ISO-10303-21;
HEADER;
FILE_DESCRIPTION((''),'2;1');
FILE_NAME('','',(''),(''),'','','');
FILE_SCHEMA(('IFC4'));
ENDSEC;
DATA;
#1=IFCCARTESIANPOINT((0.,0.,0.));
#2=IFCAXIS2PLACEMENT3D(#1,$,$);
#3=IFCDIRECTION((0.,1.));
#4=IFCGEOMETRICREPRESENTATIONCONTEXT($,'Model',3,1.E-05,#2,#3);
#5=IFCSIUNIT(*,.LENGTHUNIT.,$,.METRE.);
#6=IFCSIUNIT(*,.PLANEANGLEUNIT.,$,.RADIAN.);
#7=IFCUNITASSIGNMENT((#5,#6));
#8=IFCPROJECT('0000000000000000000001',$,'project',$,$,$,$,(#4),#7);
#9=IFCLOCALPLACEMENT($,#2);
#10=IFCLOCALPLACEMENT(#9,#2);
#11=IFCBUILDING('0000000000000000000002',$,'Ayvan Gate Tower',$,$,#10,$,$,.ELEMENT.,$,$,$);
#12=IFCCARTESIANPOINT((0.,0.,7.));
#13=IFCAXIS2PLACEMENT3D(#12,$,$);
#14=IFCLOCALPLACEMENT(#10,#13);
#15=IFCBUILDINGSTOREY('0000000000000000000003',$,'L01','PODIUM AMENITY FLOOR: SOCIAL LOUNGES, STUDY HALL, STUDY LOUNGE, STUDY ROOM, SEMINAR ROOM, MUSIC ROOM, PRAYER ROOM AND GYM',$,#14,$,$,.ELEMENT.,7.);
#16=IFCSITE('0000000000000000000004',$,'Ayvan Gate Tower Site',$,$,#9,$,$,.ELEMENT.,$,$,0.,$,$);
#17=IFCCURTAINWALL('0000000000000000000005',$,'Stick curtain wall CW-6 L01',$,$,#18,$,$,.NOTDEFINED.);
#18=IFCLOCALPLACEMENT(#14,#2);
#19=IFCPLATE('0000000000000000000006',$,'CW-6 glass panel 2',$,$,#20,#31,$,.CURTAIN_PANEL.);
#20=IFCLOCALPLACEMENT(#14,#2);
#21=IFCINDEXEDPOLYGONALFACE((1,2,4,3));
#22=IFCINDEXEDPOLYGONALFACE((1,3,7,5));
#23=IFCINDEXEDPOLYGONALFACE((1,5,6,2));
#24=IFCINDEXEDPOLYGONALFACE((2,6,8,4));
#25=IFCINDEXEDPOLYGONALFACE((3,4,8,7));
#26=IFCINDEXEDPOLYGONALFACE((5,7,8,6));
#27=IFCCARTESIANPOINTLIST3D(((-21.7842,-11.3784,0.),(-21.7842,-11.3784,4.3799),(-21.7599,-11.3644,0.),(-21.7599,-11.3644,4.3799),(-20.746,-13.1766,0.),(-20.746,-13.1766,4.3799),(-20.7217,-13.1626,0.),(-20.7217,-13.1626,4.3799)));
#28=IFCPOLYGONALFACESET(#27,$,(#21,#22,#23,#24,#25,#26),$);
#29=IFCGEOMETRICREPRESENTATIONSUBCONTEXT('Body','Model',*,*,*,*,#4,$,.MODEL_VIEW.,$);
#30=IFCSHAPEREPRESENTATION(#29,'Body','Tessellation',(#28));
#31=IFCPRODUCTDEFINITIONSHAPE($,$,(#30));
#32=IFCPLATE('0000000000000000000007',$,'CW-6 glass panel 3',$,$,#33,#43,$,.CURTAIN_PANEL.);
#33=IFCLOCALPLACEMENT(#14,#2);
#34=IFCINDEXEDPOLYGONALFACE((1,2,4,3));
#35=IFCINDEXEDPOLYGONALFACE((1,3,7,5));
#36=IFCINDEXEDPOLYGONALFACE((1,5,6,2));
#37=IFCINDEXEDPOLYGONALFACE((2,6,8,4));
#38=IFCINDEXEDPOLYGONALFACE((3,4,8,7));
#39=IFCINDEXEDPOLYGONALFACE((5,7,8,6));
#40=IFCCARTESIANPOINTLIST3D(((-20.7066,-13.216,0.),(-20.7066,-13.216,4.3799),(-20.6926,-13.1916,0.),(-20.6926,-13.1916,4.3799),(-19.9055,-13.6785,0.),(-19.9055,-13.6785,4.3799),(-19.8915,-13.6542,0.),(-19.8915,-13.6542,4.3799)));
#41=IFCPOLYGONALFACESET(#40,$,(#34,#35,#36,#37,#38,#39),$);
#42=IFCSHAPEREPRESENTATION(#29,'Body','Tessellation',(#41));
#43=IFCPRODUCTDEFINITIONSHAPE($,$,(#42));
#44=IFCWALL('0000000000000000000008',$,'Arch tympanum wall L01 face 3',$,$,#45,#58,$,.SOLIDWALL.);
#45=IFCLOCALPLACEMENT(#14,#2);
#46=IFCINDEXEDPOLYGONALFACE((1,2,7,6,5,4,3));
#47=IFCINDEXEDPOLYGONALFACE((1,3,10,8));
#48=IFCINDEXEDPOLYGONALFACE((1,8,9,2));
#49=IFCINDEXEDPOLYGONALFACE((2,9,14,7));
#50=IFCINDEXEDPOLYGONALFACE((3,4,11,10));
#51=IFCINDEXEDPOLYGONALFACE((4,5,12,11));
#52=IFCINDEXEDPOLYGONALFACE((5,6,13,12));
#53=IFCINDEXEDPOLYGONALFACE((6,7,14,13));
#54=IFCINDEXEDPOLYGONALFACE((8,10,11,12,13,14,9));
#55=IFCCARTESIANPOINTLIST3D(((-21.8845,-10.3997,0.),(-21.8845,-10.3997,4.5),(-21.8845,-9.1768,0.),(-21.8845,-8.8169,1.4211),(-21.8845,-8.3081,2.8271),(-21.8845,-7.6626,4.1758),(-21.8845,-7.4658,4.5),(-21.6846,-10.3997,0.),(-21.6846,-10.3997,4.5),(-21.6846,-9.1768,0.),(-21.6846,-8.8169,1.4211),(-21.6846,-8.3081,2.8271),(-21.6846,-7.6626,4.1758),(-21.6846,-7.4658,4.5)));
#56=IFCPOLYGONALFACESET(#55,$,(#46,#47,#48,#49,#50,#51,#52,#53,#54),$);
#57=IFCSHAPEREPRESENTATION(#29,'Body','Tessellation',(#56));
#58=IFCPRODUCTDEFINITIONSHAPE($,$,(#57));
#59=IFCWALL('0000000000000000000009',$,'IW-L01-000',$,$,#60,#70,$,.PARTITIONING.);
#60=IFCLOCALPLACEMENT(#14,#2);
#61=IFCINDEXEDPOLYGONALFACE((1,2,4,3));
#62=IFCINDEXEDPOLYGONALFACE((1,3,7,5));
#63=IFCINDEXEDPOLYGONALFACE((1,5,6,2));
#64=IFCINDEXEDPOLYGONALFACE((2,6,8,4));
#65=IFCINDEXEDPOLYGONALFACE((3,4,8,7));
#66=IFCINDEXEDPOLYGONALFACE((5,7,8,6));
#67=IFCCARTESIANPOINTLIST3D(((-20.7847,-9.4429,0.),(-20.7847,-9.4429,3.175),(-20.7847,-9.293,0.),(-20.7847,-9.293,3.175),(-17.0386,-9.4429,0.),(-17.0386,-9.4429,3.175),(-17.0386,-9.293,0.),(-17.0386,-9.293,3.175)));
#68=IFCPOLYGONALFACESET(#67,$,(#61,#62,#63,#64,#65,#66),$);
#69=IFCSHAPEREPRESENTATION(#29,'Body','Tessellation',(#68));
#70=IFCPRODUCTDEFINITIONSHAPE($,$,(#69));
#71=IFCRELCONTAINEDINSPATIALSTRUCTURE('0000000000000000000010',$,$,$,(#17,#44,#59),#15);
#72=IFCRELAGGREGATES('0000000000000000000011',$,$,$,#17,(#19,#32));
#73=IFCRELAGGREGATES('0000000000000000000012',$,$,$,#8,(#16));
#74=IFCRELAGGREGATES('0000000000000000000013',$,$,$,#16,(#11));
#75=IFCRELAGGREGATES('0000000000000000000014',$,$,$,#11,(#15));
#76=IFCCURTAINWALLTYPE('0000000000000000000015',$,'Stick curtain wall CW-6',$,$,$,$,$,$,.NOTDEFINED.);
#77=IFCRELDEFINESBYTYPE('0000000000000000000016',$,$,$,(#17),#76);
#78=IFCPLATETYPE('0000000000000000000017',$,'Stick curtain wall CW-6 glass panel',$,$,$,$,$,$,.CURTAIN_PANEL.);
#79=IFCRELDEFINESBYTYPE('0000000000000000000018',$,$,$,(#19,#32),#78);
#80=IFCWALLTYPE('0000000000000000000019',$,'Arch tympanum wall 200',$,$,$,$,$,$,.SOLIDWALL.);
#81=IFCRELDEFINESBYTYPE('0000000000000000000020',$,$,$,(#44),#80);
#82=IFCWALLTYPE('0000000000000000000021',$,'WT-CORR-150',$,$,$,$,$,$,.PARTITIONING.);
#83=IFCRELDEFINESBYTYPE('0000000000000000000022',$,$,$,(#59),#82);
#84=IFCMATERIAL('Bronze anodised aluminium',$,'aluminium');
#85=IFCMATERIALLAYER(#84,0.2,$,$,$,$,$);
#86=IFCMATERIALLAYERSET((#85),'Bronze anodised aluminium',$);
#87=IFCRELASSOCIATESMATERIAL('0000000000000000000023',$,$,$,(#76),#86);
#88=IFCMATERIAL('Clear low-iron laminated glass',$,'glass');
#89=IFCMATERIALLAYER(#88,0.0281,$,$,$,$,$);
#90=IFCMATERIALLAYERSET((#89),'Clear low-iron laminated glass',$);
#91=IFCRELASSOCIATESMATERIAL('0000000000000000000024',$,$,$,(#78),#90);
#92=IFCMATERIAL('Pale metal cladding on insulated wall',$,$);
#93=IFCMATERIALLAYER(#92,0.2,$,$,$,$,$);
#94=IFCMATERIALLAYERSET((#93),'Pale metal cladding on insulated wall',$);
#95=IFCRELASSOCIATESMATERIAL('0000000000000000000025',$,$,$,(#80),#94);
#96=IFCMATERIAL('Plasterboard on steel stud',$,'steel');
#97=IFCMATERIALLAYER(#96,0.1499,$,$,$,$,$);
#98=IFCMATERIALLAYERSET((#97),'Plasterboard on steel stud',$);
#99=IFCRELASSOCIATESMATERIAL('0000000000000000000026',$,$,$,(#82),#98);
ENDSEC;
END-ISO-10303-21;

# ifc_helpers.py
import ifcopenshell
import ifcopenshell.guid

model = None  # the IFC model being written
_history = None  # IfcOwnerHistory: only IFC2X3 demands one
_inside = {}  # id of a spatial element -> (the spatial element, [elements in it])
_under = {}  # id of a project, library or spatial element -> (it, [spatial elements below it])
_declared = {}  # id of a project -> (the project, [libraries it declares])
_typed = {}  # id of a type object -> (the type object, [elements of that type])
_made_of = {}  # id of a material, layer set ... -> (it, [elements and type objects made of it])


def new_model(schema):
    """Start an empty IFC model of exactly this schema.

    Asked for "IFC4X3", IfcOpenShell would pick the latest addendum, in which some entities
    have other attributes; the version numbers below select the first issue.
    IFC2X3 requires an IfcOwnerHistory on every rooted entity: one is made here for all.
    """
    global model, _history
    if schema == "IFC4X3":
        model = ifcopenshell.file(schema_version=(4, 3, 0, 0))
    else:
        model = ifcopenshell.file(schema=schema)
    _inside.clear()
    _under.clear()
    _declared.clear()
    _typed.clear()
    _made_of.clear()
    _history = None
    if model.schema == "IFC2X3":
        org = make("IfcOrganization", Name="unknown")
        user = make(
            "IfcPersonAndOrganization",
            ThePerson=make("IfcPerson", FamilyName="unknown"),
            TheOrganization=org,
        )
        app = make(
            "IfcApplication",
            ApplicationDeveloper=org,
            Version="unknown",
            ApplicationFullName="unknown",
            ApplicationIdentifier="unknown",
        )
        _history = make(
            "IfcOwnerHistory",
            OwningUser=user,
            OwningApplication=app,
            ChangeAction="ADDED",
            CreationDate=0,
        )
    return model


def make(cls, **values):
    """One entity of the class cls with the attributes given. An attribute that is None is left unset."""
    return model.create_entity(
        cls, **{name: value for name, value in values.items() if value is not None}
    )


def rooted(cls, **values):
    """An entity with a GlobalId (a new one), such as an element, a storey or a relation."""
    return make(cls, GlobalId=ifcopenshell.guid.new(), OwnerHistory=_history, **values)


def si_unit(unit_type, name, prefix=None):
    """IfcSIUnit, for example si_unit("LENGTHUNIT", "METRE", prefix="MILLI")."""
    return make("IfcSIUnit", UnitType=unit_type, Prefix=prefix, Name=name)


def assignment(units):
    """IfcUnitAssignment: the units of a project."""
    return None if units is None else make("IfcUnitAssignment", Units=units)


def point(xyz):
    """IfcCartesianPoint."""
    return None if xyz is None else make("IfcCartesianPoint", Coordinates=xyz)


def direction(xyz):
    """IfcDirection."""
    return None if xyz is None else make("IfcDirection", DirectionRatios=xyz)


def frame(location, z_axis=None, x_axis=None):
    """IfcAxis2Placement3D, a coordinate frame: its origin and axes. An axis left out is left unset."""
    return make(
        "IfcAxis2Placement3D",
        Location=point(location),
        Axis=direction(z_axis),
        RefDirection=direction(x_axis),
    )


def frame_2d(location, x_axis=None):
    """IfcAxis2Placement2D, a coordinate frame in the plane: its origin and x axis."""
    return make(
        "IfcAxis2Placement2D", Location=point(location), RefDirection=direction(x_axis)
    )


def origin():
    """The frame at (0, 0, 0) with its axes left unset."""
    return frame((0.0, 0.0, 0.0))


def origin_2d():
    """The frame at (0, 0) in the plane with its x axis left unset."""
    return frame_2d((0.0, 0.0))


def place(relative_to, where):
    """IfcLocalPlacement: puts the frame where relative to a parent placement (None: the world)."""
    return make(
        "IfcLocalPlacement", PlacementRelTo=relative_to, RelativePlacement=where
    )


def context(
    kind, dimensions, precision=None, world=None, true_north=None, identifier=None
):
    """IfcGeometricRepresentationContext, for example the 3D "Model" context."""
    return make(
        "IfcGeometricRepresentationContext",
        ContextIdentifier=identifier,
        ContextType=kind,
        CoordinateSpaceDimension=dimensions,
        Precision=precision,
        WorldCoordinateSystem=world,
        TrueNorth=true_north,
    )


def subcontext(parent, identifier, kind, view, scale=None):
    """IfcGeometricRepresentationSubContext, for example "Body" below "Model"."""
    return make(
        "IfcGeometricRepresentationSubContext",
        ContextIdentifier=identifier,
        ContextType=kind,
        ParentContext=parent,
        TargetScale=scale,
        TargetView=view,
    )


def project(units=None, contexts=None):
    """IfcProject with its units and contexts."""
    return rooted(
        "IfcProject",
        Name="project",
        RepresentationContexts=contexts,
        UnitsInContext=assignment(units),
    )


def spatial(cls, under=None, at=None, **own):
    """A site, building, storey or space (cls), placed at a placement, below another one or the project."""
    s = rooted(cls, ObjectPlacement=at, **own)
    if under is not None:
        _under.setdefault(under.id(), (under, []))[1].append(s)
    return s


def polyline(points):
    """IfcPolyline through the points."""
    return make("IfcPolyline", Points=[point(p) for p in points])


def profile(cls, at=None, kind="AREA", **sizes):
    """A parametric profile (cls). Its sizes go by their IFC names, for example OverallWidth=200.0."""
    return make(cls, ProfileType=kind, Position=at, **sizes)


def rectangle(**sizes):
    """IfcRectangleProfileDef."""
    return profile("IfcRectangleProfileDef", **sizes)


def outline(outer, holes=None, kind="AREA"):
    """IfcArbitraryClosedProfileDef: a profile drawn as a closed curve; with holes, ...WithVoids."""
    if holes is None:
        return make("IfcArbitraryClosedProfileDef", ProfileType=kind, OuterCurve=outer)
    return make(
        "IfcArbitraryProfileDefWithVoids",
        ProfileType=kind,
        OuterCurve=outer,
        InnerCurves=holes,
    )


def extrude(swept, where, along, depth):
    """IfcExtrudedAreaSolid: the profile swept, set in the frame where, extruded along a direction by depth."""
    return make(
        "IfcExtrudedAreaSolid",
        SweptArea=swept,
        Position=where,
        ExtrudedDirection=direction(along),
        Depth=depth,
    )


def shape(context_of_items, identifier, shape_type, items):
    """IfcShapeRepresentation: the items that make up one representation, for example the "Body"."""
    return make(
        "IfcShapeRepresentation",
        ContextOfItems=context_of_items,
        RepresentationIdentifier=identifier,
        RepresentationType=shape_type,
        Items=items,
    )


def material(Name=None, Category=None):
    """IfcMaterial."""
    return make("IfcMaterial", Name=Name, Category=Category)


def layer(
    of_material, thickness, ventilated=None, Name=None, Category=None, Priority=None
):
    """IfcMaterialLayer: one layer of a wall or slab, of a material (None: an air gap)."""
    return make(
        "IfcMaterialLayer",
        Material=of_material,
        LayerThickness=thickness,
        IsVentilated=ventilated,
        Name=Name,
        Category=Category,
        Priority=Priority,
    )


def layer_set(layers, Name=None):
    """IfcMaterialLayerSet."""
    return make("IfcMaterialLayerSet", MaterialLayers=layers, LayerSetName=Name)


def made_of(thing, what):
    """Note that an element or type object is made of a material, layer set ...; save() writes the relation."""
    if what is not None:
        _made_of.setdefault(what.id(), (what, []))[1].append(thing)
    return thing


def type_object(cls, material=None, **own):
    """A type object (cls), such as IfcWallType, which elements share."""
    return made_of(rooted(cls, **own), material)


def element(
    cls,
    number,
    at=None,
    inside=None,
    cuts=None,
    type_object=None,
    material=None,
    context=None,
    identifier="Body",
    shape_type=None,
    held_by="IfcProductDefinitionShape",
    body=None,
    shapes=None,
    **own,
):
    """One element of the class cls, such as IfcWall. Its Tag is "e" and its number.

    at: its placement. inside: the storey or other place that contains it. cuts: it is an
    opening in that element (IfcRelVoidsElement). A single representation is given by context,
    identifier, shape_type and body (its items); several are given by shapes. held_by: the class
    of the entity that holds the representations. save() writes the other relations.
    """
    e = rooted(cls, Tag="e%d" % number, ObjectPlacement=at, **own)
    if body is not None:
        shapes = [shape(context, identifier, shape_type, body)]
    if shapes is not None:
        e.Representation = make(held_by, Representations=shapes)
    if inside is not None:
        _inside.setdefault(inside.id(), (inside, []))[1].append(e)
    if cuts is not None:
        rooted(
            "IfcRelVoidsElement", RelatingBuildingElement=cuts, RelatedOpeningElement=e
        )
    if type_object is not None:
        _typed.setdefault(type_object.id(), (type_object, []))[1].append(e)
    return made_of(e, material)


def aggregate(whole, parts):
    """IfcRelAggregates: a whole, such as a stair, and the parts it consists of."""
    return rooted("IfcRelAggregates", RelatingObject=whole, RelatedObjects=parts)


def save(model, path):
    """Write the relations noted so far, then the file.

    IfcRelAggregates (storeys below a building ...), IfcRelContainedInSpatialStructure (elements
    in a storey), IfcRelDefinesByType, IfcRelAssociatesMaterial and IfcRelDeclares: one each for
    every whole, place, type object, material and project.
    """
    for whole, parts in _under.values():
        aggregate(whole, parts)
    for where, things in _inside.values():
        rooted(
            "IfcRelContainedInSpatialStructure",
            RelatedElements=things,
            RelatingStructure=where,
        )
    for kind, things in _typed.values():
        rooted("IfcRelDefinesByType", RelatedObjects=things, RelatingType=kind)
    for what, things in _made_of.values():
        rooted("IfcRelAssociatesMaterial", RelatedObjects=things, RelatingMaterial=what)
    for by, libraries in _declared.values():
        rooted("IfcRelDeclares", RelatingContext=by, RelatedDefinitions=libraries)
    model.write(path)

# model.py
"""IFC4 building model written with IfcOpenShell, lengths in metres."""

from ifc_helpers import new_model, si_unit, direction, frame, frame_2d, origin, origin_2d, place, context, subcontext, project, spatial, polyline, rectangle, outline, extrude, material, layer, layer_set, type_object, element, aggregate, save


model = new_model("IFC4")

# Units and contexts
model_context = context("Model", 3, precision=1e-05, world=origin(), true_north=direction((0.0, 1.0)))
body_context = subcontext(model_context, "Body", "Model", "MODEL_VIEW")
ifc_project = project(units=[si_unit("LENGTHUNIT", "METRE"), si_unit("PLANEANGLEUNIT", "RADIAN")], contexts=[model_context])

# Site, building, storey
site_placement = place(None, origin())
site = spatial("IfcSite", under=ifc_project, at=site_placement, Name="Ayvan Gate Tower Site", CompositionType="ELEMENT", RefElevation=0.0)
building_placement = place(site_placement, origin())
building = spatial("IfcBuilding", under=site, at=building_placement, Name="Ayvan Gate Tower", CompositionType="ELEMENT")
storey_placement = place(building_placement, frame((0.0, 0.0, 7.0)))
storey = spatial("IfcBuildingStorey", under=building, at=storey_placement, Name="L01", Description="PODIUM AMENITY FLOOR: SOCIAL LOUNGES, STUDY HALL, STUDY LOUNGE, STUDY ROOM, SEMINAR ROOM, MUSIC ROOM, PRAYER ROOM AND GYM", CompositionType="ELEMENT", Elevation=7.0)

# Shared definitions
ifc_material_1 = material(Name="Bronze anodised aluminium", Category="aluminium")

# Curtain wall, plates
ifc_layer_1 = layer(ifc_material_1, 0.2)
ifc_layer_set_1 = layer_set([ifc_layer_1], Name="Bronze anodised aluminium")
curtain_wall_type_1 = type_object("IfcCurtainWallType", Name="Stick curtain wall CW-6", PredefinedType="NOTDEFINED", material=ifc_layer_set_1)
curtain_wall_1_placement = place(storey_placement, origin())
curtain_wall_1 = element("IfcCurtainWall", 1, at=curtain_wall_1_placement, inside=storey, type_object=curtain_wall_type_1, Name="Stick curtain wall CW-6 L01", PredefinedType="NOTDEFINED")
ifc_material_2 = material(Name="Clear low-iron laminated glass", Category="glass")
ifc_layer_2 = layer(ifc_material_2, 0.0281)
ifc_layer_set_2 = layer_set([ifc_layer_2], Name="Clear low-iron laminated glass")
plate_type = type_object("IfcPlateType", Name="Stick curtain wall CW-6 glass panel", PredefinedType="CURTAIN_PANEL", material=ifc_layer_set_2)
plate_1_placement = place(storey_placement, frame((-21.2529, -12.2705, 0.0), z_axis=(0.0, 0.0, 1.0), x_axis=(0.5, -0.866025, 0.0)))
plate_1 = element("IfcPlate", 2, at=plate_1_placement, type_object=plate_type, Name="CW-6 glass panel 2", PredefinedType="CURTAIN_PANEL", context=body_context, shape_type="SweptSolid", body=[
    extrude(rectangle(XDim=2.0764, YDim=0.0281, at=origin_2d()), origin(), (0.0, 0.0, 1.0), 4.3799),
])
plate_2_placement = place(storey_placement, frame((-20.2991, -13.4351, 0.0), z_axis=(0.0, 0.0, 1.0), x_axis=(0.866025, -0.5, 0.0)))
plate_2 = element("IfcPlate", 3, at=plate_2_placement, type_object=plate_type, Name="CW-6 glass panel 3", PredefinedType="CURTAIN_PANEL", context=body_context, shape_type="SweptSolid", body=[
    extrude(rectangle(XDim=0.925, YDim=0.0281, at=origin_2d()), origin(), (0.0, 0.0, 1.0), 4.3799),
])
aggregate(curtain_wall_1, [plate_1, plate_2])

# Walls
ifc_material_3 = material(Name="Pale metal cladding on insulated wall")
ifc_layer_3 = layer(ifc_material_3, 0.2)
ifc_layer_set_3 = layer_set([ifc_layer_3], Name="Pale metal cladding on insulated wall")
wall_type_1 = type_object("IfcWallType", Name="Arch tympanum wall 200", PredefinedType="SOLIDWALL", material=ifc_layer_set_3)
wall_1_placement = place(storey_placement, frame((-21.6846, -10.3997, 0.0), z_axis=(1.0, 0.0, 0.0), x_axis=(0.0, 1.0, 0.0)))
element("IfcWall", 4, at=wall_1_placement, inside=storey, type_object=wall_type_1, Name="Arch tympanum wall L01 face 3", PredefinedType="SOLIDWALL", context=body_context, shape_type="SweptSolid", body=[
    extrude(outline(polyline([(0.0, 0.0), (1.2229, 0.0), (1.5828, 1.4211), (2.0916, 2.8271), (2.7371, 4.1758), (2.9338, 4.5), (0.0, 4.5), (0.0, 0.0)])), origin(), (0.0, 0.0, -1.0), 0.2),
])
ifc_material_4 = material(Name="Plasterboard on steel stud", Category="steel")
ifc_layer_4 = layer(ifc_material_4, 0.1499)
ifc_layer_set_4 = layer_set([ifc_layer_4], Name="Plasterboard on steel stud")
wall_type_2 = type_object("IfcWallType", Name="WT-CORR-150", PredefinedType="PARTITIONING", material=ifc_layer_set_4)
wall_2_placement = place(storey_placement, frame((-20.7847, -9.3679, 0.0), z_axis=(0.0, 0.0, 1.0), x_axis=(1.0, 0.0, 0.0)))
element("IfcWall", 5, at=wall_2_placement, inside=storey, type_object=wall_type_2, Name="IW-L01-000", PredefinedType="PARTITIONING", context=body_context, shape_type="SweptSolid", body=[
    extrude(rectangle(XDim=3.7461, YDim=0.1499, at=frame_2d((1.873, 0.0))), origin(), (0.0, 0.0, 1.0), 3.175),
])

save(model, "model.ifc")
